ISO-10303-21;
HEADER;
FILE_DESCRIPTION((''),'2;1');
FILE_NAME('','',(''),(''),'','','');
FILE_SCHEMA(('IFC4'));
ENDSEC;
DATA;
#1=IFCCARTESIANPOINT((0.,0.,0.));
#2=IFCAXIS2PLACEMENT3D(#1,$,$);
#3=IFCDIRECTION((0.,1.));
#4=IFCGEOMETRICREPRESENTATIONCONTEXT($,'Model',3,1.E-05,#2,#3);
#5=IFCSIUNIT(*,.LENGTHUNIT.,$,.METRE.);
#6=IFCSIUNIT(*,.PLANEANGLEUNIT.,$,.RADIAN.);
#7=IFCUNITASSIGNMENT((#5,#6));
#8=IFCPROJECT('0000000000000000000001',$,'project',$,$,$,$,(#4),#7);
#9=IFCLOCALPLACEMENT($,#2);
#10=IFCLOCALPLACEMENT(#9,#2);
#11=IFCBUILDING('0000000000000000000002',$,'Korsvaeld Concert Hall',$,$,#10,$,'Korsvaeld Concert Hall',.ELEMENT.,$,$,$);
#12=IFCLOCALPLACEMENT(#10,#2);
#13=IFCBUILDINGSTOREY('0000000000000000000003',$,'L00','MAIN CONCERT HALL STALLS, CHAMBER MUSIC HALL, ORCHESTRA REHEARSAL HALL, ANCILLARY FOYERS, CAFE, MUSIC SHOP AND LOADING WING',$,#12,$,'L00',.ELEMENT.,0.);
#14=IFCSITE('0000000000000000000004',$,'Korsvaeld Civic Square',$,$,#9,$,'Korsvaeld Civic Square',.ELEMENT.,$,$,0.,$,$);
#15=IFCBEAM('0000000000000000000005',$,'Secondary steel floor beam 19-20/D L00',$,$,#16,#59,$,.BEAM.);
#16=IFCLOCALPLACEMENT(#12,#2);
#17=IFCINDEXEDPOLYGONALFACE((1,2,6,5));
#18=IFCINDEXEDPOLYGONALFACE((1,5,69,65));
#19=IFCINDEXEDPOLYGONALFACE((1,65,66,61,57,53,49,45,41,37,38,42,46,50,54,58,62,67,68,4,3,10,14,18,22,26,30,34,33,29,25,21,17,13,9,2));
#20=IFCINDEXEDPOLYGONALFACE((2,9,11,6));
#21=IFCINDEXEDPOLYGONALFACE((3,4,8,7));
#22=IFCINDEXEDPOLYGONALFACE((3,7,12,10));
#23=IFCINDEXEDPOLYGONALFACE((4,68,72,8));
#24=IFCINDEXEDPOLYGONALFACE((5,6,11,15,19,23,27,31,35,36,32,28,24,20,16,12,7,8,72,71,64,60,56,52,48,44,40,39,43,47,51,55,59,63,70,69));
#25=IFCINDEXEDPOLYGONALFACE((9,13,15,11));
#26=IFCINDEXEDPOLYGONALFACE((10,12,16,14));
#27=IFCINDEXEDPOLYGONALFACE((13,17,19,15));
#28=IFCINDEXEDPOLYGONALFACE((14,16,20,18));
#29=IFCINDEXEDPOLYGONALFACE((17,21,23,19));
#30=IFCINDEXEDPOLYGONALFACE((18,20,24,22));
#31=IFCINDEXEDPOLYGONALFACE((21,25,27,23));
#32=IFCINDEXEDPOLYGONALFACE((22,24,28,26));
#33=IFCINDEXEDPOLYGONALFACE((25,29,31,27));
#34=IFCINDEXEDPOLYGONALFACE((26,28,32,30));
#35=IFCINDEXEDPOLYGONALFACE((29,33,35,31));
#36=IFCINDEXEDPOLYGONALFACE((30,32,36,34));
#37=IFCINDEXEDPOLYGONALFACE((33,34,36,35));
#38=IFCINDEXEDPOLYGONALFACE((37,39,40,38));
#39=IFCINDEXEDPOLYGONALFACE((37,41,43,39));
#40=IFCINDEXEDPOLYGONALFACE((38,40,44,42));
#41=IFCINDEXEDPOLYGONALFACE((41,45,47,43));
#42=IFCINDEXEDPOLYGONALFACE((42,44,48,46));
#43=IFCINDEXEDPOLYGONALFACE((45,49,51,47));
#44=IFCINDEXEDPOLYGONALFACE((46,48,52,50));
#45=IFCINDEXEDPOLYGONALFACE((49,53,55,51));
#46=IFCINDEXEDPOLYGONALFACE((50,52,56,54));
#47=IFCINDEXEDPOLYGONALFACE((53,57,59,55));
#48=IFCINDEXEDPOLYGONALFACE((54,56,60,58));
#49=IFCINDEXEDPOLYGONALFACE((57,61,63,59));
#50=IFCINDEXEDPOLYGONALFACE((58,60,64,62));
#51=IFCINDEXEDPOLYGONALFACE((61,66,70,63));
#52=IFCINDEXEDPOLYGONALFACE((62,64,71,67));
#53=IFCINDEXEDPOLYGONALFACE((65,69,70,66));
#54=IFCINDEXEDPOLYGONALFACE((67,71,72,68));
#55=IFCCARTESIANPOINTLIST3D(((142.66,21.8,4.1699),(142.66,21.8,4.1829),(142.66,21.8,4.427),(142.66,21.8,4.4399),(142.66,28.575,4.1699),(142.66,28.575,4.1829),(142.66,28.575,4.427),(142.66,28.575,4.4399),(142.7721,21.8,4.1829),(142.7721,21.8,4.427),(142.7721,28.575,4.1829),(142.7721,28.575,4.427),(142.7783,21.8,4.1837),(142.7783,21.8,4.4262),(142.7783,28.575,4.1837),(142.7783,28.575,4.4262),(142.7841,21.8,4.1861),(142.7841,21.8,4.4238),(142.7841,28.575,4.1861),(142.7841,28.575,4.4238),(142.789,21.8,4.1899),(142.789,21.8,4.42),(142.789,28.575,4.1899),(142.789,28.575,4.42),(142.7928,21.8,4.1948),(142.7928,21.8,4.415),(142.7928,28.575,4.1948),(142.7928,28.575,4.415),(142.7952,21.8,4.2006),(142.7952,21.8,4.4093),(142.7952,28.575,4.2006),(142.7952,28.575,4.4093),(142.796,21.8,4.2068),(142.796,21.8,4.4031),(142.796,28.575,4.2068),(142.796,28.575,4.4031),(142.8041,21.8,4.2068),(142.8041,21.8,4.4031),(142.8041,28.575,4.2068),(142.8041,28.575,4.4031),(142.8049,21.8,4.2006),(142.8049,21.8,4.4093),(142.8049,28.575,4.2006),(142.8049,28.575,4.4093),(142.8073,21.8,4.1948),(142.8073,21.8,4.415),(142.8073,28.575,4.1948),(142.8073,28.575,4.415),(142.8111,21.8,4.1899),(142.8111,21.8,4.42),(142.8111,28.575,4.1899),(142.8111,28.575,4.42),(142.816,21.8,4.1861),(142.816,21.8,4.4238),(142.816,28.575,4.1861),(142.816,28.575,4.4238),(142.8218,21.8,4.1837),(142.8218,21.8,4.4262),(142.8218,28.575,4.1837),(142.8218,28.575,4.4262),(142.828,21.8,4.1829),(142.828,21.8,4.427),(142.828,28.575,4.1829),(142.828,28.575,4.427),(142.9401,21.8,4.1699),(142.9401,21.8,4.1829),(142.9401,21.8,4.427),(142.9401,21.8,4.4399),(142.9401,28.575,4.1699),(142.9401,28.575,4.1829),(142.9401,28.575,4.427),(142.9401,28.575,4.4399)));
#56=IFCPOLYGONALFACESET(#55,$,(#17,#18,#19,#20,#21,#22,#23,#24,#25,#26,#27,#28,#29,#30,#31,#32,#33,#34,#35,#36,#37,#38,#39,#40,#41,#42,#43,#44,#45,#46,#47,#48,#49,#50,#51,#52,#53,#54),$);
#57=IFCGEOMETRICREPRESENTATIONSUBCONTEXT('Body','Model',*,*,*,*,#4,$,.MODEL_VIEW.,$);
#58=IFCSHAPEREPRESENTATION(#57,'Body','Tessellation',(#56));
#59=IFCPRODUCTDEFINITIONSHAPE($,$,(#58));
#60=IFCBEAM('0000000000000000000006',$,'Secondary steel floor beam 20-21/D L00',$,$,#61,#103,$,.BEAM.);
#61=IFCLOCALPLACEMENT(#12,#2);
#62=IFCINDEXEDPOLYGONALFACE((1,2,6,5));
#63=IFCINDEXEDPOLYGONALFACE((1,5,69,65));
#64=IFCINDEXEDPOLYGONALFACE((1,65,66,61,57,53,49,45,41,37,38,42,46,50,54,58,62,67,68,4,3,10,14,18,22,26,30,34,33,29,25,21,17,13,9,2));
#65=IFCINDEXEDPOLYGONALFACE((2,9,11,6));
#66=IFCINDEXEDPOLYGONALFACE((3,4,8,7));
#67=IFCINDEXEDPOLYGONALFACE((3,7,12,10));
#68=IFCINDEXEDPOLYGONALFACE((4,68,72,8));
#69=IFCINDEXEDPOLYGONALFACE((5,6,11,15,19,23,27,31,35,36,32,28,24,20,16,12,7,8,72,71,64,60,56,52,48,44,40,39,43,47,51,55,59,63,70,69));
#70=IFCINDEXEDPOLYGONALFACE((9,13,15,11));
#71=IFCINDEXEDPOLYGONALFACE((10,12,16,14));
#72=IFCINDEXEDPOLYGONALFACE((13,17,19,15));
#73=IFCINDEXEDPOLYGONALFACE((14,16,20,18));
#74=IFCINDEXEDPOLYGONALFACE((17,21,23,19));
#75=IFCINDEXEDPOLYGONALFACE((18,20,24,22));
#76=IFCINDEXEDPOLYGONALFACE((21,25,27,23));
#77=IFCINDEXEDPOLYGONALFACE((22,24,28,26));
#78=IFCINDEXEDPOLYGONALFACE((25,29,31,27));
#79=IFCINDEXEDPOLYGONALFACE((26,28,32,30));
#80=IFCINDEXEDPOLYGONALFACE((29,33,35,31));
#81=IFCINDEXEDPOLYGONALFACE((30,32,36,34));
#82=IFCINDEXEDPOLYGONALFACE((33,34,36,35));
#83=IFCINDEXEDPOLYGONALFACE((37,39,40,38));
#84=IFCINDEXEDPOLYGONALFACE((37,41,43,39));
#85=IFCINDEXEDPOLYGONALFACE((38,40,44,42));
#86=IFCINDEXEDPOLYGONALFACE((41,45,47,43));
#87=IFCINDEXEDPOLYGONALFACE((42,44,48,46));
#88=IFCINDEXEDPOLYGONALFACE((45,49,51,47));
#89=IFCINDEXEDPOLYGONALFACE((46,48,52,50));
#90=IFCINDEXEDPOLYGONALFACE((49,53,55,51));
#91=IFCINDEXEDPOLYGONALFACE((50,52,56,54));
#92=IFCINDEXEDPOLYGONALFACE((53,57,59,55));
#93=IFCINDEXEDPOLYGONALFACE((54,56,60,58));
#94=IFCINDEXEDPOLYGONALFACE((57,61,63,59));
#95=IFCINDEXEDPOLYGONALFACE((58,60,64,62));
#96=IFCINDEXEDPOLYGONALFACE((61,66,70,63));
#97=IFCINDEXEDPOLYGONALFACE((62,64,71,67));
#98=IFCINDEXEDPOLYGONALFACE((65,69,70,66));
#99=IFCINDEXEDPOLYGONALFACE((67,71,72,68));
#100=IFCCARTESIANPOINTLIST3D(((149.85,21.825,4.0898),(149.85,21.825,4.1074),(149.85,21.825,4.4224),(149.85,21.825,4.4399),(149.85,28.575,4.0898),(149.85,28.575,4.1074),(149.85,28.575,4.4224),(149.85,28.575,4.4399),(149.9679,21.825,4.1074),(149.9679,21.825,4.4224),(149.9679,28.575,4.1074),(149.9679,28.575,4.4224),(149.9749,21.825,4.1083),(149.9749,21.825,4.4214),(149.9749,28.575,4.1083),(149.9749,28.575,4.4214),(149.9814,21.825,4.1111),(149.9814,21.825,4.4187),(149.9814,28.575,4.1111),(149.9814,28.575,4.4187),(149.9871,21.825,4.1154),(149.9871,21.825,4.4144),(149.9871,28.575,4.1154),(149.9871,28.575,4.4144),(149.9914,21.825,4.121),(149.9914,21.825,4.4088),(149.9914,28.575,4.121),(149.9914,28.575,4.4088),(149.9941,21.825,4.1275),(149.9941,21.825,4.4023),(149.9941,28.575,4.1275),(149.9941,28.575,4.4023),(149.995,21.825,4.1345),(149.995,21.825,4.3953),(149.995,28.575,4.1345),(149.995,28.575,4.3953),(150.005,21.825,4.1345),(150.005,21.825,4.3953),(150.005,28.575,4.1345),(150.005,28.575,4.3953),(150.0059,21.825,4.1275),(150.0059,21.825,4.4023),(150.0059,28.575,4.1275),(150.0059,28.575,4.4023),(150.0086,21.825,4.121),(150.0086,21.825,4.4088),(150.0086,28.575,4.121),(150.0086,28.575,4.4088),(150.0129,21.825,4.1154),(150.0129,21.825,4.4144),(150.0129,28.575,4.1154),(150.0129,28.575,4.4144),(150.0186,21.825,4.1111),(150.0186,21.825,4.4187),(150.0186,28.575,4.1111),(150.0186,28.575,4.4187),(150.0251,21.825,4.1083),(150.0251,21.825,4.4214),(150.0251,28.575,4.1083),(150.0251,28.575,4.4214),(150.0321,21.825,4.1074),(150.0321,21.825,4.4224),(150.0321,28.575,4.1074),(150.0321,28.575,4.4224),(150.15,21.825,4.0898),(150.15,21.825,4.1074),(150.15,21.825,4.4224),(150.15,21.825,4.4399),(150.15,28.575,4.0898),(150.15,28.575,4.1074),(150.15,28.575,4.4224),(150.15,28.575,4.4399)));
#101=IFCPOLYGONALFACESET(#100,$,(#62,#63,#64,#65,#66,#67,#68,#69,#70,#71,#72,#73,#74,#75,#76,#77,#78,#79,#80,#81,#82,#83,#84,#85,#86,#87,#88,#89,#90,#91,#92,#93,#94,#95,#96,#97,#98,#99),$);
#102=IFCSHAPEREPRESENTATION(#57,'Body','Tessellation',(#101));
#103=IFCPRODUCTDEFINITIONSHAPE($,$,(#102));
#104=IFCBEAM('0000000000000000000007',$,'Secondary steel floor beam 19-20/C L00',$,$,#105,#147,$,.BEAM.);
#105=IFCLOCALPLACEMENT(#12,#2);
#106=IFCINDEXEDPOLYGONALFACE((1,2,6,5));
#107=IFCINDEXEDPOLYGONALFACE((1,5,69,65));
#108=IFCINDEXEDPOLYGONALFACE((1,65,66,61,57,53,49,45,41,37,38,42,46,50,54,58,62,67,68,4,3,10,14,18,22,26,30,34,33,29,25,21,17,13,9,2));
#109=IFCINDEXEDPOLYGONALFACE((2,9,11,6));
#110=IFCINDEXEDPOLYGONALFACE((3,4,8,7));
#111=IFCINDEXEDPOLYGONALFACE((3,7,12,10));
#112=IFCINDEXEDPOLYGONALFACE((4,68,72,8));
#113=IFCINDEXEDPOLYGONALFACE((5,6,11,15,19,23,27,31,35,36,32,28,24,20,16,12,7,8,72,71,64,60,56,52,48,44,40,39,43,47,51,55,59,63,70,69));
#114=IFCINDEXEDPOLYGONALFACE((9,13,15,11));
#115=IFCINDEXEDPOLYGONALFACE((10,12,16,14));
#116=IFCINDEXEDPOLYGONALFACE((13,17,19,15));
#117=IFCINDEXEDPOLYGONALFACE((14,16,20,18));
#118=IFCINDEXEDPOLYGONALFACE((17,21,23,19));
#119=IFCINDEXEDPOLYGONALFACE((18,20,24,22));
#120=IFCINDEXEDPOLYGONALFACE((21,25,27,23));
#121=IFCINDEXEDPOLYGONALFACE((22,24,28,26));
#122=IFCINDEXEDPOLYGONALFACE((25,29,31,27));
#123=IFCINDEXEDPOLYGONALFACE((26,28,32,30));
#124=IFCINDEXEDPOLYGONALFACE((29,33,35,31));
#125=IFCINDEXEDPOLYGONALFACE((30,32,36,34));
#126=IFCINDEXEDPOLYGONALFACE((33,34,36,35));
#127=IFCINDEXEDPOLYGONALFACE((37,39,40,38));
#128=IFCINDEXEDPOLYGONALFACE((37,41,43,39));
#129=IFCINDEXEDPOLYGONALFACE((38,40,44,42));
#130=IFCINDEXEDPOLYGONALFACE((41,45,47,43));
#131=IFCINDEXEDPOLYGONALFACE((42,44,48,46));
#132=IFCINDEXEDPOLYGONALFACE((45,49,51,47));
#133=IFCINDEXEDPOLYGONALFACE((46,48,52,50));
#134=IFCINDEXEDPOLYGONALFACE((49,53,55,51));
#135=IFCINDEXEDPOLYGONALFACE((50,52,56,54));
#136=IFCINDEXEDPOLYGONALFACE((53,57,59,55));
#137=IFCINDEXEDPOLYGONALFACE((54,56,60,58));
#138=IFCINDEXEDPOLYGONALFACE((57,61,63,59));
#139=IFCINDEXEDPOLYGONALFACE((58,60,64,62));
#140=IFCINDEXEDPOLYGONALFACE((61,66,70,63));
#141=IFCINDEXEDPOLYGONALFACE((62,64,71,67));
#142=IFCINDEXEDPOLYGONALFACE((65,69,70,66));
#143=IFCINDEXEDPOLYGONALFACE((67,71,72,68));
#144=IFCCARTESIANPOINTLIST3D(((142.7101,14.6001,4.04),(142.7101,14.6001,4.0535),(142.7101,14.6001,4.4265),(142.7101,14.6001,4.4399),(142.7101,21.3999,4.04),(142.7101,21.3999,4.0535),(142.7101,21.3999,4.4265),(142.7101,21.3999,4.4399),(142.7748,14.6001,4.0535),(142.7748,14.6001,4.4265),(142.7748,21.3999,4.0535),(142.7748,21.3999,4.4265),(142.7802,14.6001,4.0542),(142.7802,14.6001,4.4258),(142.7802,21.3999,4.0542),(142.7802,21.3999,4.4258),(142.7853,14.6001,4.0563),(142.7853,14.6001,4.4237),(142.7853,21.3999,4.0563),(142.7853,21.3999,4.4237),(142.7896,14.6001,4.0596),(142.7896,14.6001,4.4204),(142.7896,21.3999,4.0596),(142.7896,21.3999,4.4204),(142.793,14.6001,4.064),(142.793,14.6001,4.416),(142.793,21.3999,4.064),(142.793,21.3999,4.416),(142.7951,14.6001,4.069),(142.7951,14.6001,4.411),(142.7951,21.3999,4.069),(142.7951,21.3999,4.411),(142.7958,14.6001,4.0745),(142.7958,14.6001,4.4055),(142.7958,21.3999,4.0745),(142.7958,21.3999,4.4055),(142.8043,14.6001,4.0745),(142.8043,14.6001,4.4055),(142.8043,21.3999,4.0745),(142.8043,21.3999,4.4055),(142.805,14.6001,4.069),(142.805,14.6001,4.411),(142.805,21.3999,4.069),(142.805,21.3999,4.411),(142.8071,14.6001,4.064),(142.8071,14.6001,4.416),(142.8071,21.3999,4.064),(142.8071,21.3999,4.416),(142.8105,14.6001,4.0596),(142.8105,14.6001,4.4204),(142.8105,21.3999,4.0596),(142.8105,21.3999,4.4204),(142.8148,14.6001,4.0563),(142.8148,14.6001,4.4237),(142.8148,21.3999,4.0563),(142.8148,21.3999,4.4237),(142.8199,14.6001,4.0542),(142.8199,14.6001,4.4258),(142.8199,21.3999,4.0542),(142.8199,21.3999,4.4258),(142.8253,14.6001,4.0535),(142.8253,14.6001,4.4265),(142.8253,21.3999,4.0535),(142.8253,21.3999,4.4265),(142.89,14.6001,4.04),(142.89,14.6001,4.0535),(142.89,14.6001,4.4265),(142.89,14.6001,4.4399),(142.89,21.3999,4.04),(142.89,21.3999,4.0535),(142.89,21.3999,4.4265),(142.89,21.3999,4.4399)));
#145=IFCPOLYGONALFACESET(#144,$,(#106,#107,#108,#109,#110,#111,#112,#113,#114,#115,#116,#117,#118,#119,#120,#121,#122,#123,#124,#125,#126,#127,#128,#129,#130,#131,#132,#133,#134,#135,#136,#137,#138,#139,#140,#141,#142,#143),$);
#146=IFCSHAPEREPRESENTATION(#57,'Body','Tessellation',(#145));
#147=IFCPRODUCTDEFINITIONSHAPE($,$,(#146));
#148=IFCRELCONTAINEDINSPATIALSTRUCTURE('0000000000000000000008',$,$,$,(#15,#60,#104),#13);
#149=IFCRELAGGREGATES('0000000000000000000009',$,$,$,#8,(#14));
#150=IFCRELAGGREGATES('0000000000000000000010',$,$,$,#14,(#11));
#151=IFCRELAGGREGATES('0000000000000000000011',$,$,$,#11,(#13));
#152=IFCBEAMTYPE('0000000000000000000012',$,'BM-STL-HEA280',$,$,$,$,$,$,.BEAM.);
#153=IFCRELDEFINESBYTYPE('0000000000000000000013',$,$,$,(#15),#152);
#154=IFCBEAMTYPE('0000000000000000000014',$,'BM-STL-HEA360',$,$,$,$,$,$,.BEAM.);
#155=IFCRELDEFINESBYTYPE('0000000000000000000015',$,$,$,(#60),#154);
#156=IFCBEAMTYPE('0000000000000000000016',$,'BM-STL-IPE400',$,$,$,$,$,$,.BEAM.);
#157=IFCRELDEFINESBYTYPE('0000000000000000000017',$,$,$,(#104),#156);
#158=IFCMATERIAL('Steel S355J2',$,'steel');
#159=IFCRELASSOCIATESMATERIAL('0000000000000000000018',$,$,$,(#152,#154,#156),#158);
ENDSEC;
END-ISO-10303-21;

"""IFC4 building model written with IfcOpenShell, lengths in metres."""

from ifc_helpers import new_model, si_unit, direction, frame, origin, origin_2d, place, context, subcontext, project, spatial, i_section, extrude, material, material_profile, profile_set, type_object, element, save


model = new_model("IFC4")

# Units and contexts
model_context = context("Model", 3, precision=1e-05, world=origin(), true_north=direction((0.0, 1.0)))
body_context = subcontext(model_context, "Body", "Model", "MODEL_VIEW")
ifc_project = project(units=[si_unit("LENGTHUNIT", "METRE"), si_unit("PLANEANGLEUNIT", "RADIAN")], contexts=[model_context])

# Site, building, storey
site_placement = place(None, origin())
site = spatial("IfcSite", under=ifc_project, at=site_placement, Name="Korsvaeld Civic Square", LongName="Korsvaeld Civic Square", CompositionType="ELEMENT", RefElevation=0.0)
building_placement = place(site_placement, origin())
building = spatial("IfcBuilding", under=site, at=building_placement, Name="Korsvaeld Concert Hall", LongName="Korsvaeld Concert Hall", CompositionType="ELEMENT")
storey_placement = place(building_placement, origin())
storey = spatial("IfcBuildingStorey", under=building, at=storey_placement, Name="L00", Description="MAIN CONCERT HALL STALLS, CHAMBER MUSIC HALL, ORCHESTRA REHEARSAL HALL, ANCILLARY FOYERS, CAFE, MUSIC SHOP AND LOADING WING", LongName="L00", CompositionType="ELEMENT", Elevation=0.0)

# Beams
ifc_material_1 = material(Name="Steel S355J2", Category="steel")
ifc_material_profile_1 = material_profile(ifc_material_1, i_section(OverallWidth=0.28, OverallDepth=0.27, WebThickness=0.0081, FlangeThickness=0.0129, FilletRadius=0.0239, at=origin_2d()), Name="HEA 280")
ifc_profile_set_1 = profile_set([ifc_material_profile_1], Name="Steel S355J2")
beam_type_1 = type_object("IfcBeamType", Name="BM-STL-HEA280", PredefinedType="BEAM", material=ifc_profile_set_1)
beam_1_placement = place(storey_placement, frame((142.8, 21.8, 4.3049), z_axis=(0.0, 1.0, 0.0), x_axis=(-1.0, 0.0, 0.0)))
element("IfcBeam", 1, at=beam_1_placement, inside=storey, type_object=beam_type_1, Name="Secondary steel floor beam 19-20/D L00", PredefinedType="BEAM", context=body_context, shape_type="SweptSolid", body=[
    extrude(i_section(OverallWidth=0.28, OverallDepth=0.27, WebThickness=0.0081, FlangeThickness=0.0129, FilletRadius=0.0239, at=origin_2d()), origin(), (0.0, 0.0, 1.0), 6.7749),
])
ifc_material_profile_2 = material_profile(ifc_material_1, i_section(OverallWidth=0.3, OverallDepth=0.3501, WebThickness=0.01, FlangeThickness=0.0176, FilletRadius=0.0271, at=origin_2d()), Name="HEA 360")
ifc_profile_set_2 = profile_set([ifc_material_profile_2], Name="Steel S355J2")
beam_type_2 = type_object("IfcBeamType", Name="BM-STL-HEA360", PredefinedType="BEAM", material=ifc_profile_set_2)
beam_2_placement = place(storey_placement, frame((150.0, 21.825, 4.2649), z_axis=(0.0, 1.0, 0.0), x_axis=(-1.0, 0.0, 0.0)))
element("IfcBeam", 2, at=beam_2_placement, inside=storey, type_object=beam_type_2, Name="Secondary steel floor beam 20-21/D L00", PredefinedType="BEAM", context=body_context, shape_type="SweptSolid", body=[
    extrude(i_section(OverallWidth=0.3, OverallDepth=0.3501, WebThickness=0.01, FlangeThickness=0.0176, FilletRadius=0.0271, at=origin_2d()), origin(), (0.0, 0.0, 1.0), 6.75),
])
ifc_material_profile_3 = material_profile(ifc_material_1, i_section(OverallWidth=0.1799, OverallDepth=0.3999, WebThickness=0.0085, FlangeThickness=0.0134, FilletRadius=0.021, at=origin_2d()), Name="IPE 400")
ifc_profile_set_3 = profile_set([ifc_material_profile_3], Name="Steel S355J2")
beam_type_3 = type_object("IfcBeamType", Name="BM-STL-IPE400", PredefinedType="BEAM", material=ifc_profile_set_3)
beam_3_placement = place(storey_placement, frame((142.8, 14.6001, 4.24), z_axis=(0.0, 1.0, 0.0), x_axis=(-1.0, 0.0, 0.0)))
element("IfcBeam", 3, at=beam_3_placement, inside=storey, type_object=beam_type_3, Name="Secondary steel floor beam 19-20/C L00", PredefinedType="BEAM", context=body_context, shape_type="SweptSolid", body=[
    extrude(i_section(OverallWidth=0.1799, OverallDepth=0.3999, WebThickness=0.0085, FlangeThickness=0.0134, FilletRadius=0.021, at=origin_2d()), origin(), (0.0, 0.0, 1.0), 6.7998),
])

save(model, "model.ifc")
